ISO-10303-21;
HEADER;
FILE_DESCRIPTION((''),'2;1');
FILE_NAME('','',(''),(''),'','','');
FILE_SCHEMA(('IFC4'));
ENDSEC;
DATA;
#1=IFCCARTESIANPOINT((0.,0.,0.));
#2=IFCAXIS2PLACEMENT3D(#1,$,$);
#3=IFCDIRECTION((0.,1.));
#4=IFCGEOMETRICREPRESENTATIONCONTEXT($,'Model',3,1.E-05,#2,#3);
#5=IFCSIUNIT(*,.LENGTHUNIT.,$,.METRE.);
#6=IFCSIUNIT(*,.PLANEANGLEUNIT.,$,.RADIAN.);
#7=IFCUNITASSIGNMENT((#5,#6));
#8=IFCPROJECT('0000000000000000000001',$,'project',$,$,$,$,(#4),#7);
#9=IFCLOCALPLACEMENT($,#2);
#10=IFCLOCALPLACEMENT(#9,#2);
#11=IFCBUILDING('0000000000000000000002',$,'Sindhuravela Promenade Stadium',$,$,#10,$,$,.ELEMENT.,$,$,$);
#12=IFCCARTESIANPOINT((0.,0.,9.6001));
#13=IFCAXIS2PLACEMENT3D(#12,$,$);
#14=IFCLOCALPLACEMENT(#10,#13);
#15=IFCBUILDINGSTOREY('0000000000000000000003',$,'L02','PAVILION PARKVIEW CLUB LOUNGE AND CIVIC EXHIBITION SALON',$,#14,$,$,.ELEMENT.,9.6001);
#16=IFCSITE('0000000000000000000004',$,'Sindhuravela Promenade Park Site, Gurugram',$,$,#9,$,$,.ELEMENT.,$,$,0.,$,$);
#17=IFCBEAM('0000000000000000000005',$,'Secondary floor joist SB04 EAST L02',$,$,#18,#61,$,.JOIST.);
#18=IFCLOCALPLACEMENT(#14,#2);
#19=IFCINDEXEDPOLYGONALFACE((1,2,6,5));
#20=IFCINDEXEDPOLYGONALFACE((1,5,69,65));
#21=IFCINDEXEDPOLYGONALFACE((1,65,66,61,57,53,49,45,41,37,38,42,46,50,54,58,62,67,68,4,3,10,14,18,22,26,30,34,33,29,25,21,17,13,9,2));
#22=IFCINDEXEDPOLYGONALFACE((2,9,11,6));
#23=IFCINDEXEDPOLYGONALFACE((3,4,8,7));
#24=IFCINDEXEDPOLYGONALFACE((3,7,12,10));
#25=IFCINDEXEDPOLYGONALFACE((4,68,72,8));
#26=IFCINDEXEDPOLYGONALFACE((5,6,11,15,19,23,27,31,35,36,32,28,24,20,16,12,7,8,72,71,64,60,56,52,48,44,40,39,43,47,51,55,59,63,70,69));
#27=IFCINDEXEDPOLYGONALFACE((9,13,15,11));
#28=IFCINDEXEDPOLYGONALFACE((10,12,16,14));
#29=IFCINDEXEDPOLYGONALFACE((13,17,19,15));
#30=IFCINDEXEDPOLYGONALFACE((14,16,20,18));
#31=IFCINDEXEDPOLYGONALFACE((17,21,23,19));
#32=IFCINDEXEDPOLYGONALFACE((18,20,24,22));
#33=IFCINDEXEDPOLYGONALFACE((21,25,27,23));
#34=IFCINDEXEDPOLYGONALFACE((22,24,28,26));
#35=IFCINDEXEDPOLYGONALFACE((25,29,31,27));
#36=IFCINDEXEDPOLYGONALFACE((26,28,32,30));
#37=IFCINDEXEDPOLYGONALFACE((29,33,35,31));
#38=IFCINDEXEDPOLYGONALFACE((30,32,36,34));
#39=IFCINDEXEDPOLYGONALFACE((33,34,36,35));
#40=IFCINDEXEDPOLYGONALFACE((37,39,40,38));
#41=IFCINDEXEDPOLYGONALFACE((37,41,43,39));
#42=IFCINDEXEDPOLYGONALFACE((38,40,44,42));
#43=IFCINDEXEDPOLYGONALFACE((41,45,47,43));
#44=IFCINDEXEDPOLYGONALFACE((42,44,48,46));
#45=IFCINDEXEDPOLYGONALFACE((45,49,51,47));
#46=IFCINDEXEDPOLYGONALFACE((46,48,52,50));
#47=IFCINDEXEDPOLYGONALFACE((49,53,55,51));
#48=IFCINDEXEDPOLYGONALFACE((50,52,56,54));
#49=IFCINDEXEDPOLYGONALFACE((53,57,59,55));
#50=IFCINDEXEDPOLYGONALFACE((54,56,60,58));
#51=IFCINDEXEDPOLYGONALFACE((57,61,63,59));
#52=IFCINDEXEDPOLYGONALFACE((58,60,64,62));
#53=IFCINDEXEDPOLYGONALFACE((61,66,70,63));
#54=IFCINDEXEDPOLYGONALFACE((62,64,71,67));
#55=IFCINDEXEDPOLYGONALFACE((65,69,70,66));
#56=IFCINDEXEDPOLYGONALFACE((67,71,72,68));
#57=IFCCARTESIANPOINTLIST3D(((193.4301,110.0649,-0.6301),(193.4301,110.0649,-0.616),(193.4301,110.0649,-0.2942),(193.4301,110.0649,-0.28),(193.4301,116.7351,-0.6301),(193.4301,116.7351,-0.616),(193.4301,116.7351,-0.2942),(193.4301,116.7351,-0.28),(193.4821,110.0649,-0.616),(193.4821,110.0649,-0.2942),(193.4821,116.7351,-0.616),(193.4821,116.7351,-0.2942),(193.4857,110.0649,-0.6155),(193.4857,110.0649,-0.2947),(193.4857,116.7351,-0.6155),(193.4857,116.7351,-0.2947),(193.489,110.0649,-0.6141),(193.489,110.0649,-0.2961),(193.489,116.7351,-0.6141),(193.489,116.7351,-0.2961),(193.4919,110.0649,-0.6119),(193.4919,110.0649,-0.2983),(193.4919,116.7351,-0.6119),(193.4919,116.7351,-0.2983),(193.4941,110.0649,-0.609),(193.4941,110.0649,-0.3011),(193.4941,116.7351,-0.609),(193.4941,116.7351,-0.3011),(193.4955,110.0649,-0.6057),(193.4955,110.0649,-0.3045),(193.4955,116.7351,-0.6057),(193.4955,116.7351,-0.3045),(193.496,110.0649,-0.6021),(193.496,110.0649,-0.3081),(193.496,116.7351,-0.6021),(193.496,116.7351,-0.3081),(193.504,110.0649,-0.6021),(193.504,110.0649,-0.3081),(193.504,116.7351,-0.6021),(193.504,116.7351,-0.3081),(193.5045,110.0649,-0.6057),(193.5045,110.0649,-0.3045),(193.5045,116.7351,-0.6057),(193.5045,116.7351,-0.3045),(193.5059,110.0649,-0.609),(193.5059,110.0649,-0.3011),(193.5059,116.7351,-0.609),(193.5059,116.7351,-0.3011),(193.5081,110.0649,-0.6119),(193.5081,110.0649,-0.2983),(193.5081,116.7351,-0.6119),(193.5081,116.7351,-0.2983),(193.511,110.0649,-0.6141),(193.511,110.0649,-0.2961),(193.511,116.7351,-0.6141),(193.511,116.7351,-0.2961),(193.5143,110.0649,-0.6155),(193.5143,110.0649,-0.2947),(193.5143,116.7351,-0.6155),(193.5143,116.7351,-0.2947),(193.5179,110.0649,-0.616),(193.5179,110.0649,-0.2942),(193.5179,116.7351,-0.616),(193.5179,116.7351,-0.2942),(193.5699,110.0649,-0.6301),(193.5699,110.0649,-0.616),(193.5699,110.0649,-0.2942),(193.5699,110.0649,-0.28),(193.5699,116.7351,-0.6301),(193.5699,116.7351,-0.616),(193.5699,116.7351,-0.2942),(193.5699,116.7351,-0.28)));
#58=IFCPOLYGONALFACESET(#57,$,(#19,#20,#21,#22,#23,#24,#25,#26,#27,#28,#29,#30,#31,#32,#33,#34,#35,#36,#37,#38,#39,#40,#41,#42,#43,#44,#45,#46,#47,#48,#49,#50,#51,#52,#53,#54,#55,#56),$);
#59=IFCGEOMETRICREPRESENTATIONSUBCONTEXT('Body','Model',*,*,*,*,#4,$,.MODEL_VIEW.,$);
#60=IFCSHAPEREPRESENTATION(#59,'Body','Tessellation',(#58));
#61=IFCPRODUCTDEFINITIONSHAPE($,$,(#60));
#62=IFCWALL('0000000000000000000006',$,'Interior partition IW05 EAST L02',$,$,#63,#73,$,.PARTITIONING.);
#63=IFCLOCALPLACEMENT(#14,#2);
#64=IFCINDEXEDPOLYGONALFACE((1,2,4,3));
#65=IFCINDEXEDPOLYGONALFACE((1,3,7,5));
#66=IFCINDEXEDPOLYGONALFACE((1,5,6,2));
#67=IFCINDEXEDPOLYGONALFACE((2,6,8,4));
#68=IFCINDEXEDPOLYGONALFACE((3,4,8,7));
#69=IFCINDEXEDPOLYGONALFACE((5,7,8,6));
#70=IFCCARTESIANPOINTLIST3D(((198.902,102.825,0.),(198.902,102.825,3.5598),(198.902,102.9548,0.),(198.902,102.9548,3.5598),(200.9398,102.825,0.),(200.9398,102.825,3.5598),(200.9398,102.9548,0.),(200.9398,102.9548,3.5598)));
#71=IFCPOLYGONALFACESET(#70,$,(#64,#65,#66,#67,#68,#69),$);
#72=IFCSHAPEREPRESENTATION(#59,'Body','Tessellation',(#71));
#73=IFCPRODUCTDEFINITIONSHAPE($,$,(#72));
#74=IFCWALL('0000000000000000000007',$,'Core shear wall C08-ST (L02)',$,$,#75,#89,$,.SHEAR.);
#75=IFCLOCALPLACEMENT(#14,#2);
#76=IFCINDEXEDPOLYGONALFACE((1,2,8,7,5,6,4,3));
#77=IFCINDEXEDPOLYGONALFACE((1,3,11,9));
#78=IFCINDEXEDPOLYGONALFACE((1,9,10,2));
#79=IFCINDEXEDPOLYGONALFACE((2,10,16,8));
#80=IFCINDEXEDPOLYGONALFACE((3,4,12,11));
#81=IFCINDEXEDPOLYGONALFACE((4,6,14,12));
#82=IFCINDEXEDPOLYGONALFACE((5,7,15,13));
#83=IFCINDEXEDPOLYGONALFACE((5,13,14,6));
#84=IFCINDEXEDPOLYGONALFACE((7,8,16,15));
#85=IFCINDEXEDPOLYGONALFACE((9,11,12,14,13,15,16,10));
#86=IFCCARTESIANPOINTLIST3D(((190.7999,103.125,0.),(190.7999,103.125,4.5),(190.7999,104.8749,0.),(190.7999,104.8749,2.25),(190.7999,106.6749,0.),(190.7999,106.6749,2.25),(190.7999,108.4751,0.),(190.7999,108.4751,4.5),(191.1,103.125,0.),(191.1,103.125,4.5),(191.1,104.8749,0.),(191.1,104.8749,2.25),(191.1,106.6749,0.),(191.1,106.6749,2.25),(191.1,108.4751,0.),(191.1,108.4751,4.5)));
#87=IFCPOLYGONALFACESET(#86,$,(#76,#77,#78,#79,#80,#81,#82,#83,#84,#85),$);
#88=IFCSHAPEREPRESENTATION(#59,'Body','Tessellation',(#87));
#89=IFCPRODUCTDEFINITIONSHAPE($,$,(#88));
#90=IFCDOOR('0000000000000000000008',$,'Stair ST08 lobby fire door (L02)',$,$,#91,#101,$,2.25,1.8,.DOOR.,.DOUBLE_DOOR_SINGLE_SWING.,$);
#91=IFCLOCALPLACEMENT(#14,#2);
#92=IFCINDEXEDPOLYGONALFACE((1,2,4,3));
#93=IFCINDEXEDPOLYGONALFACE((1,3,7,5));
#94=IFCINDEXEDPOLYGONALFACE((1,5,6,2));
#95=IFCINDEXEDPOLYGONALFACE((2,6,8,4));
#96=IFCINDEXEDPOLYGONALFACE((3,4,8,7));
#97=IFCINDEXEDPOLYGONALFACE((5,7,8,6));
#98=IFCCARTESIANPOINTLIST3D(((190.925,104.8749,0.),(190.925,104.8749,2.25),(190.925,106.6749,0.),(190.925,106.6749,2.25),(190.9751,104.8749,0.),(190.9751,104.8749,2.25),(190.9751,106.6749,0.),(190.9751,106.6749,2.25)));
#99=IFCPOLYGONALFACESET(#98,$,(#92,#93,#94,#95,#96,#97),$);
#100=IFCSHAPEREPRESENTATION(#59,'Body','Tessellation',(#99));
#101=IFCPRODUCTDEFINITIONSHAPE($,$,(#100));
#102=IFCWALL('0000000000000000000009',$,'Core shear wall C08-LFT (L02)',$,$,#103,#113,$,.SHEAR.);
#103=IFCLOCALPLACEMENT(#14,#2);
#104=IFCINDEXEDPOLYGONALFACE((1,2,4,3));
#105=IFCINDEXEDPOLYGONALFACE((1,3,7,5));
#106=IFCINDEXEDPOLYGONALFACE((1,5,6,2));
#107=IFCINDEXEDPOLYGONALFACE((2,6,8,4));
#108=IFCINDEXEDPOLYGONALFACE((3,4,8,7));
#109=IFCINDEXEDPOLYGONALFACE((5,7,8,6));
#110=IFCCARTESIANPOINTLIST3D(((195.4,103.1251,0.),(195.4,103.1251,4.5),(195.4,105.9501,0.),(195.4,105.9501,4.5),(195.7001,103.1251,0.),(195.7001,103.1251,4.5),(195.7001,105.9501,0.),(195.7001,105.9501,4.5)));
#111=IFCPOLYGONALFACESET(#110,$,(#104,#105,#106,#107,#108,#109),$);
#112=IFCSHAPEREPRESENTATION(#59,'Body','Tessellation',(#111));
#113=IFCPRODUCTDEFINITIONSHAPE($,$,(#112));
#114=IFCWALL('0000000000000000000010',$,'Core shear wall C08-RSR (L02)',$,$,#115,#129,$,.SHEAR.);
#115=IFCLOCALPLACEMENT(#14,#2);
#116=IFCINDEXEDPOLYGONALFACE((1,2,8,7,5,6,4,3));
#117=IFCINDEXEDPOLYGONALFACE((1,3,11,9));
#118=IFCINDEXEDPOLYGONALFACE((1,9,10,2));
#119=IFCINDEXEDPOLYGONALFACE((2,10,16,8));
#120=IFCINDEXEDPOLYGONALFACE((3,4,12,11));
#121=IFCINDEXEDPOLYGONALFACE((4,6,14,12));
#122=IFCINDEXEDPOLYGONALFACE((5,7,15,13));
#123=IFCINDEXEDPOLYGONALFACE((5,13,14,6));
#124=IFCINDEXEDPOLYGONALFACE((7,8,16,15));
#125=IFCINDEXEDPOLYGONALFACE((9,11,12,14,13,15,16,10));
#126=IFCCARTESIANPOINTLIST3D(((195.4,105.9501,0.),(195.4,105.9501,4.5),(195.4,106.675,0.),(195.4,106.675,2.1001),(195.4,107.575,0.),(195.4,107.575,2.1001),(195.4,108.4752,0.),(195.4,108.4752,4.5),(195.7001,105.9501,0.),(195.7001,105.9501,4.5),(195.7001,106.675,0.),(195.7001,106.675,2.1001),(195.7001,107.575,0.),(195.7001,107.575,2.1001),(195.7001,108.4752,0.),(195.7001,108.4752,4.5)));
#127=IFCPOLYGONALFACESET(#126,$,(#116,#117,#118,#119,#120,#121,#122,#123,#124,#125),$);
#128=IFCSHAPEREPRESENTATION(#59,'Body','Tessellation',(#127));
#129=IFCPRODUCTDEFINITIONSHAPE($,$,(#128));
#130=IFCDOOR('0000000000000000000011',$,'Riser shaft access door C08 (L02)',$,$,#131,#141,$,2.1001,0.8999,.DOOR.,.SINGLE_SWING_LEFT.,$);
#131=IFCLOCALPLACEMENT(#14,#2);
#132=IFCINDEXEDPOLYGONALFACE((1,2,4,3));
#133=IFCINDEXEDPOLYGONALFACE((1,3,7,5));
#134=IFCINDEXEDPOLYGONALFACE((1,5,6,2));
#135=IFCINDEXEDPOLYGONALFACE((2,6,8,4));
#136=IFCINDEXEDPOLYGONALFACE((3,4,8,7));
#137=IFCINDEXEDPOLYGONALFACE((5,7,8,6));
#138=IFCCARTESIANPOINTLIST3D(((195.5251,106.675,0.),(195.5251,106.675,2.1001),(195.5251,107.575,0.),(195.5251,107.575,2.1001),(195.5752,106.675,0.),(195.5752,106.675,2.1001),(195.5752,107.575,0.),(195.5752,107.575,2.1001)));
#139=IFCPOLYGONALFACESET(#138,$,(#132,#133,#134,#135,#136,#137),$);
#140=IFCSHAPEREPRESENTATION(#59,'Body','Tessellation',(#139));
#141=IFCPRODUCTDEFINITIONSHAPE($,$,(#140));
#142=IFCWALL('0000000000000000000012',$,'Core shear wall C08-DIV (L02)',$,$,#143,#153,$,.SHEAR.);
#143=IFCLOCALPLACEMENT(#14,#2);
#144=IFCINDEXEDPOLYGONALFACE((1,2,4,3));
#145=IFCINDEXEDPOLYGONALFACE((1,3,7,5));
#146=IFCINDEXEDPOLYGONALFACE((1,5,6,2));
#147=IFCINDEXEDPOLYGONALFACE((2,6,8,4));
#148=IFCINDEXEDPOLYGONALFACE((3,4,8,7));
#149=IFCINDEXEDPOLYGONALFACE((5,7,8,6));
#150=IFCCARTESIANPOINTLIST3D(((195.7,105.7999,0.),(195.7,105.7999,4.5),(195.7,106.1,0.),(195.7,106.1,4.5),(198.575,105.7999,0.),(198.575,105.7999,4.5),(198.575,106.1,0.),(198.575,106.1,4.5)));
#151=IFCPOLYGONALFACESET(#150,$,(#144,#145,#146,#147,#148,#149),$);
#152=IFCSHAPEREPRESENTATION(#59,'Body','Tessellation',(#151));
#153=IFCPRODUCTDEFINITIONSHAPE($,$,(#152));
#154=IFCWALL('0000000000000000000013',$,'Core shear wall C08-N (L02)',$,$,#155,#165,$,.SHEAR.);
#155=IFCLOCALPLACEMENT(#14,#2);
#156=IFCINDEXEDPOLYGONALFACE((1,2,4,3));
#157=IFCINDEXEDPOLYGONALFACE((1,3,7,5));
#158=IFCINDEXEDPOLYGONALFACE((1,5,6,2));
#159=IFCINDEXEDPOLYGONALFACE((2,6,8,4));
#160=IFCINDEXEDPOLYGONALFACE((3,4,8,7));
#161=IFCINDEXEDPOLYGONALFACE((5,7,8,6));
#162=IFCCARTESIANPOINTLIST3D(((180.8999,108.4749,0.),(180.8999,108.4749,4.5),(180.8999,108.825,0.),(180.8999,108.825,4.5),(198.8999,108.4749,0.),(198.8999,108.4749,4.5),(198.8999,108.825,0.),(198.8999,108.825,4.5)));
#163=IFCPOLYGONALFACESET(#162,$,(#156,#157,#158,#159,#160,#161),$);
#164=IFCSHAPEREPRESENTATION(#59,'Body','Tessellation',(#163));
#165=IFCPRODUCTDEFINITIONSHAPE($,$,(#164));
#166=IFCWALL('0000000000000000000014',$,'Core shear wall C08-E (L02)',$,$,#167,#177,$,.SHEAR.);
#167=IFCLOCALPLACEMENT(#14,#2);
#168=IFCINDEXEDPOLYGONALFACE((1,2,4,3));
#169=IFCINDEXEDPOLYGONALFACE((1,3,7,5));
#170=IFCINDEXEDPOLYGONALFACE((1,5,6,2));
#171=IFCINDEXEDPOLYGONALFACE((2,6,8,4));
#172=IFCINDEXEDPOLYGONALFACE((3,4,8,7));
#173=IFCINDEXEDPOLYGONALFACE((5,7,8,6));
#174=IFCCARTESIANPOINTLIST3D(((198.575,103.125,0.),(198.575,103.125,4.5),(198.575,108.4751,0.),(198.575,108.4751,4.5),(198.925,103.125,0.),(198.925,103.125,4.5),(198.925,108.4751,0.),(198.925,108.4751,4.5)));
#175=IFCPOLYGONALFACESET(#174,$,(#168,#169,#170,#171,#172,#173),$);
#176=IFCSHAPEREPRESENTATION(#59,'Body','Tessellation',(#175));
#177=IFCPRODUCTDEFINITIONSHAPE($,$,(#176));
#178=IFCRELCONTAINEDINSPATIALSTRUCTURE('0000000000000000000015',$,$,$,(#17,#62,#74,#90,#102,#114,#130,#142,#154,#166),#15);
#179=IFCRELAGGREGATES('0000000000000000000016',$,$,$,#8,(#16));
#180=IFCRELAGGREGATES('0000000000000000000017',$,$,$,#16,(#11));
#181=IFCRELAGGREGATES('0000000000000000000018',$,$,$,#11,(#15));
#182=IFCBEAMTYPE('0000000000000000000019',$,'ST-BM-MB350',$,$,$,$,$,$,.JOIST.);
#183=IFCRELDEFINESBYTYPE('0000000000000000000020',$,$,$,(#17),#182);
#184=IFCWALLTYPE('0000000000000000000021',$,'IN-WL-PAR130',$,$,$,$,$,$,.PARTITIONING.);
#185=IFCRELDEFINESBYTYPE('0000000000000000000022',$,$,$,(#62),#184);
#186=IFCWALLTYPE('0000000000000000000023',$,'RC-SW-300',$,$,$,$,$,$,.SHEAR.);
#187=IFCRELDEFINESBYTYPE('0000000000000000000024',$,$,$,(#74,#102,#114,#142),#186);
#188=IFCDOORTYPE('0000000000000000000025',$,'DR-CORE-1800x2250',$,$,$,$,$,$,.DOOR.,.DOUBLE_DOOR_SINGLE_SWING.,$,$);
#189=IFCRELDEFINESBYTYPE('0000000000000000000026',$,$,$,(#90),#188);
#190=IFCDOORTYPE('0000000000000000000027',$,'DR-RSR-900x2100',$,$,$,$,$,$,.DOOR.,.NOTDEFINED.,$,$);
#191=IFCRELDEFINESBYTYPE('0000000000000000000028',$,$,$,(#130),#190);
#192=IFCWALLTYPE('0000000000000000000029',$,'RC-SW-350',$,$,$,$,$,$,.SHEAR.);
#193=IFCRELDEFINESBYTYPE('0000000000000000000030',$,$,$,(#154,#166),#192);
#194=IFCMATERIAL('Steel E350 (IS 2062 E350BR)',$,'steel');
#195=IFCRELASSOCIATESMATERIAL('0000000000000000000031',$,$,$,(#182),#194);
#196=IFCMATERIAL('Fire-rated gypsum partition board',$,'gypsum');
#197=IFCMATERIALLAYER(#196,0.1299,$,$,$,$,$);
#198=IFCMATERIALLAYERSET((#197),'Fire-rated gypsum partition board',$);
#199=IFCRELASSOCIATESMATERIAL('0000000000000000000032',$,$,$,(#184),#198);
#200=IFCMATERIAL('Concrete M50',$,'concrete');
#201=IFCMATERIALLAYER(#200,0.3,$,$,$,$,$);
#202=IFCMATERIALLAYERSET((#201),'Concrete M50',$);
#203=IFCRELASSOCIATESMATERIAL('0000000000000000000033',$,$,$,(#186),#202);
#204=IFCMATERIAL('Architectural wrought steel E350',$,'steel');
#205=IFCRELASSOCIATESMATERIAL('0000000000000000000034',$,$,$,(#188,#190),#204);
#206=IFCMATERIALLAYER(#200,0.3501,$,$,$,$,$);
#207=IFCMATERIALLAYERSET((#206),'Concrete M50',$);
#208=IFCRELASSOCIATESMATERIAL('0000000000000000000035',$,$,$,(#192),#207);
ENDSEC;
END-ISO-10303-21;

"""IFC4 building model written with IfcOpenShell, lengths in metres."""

from ifc_helpers import new_model, si_unit, direction, frame, frame_2d, origin, origin_2d, place, context, subcontext, project, spatial, rectangle, i_section, extrude, material, layer, layer_set, material_profile, profile_set, type_object, element, fill, save


model = new_model("IFC4")

# Units and contexts
model_context = context("Model", 3, precision=1e-05, world=origin(), true_north=direction((0.0, 1.0)))
body_context = subcontext(model_context, "Body", "Model", "MODEL_VIEW")
ifc_project = project(units=[si_unit("LENGTHUNIT", "METRE"), si_unit("PLANEANGLEUNIT", "RADIAN")], contexts=[model_context])

# Site, building, storey
site_placement = place(None, origin())
site = spatial("IfcSite", under=ifc_project, at=site_placement, Name="Sindhuravela Promenade Park Site, Gurugram", CompositionType="ELEMENT", RefElevation=0.0)
building_placement = place(site_placement, origin())
building = spatial("IfcBuilding", under=site, at=building_placement, Name="Sindhuravela Promenade Stadium", CompositionType="ELEMENT")
storey_placement = place(building_placement, frame((0.0, 0.0, 9.6001)))
storey = spatial("IfcBuildingStorey", under=building, at=storey_placement, Name="L02", Description="PAVILION PARKVIEW CLUB LOUNGE AND CIVIC EXHIBITION SALON", CompositionType="ELEMENT", Elevation=9.6001)

# Beam
ifc_material_1 = material(Name="Steel E350 (IS 2062 E350BR)", Category="steel")
ifc_material_profile_1 = material_profile(ifc_material_1, i_section(OverallWidth=0.1399, OverallDepth=0.3501, WebThickness=0.0081, FlangeThickness=0.0142, FilletRadius=0.0139, at=origin_2d()), Name="ISMB 350")
ifc_profile_set_1 = profile_set([ifc_material_profile_1], Name="Steel E350 (IS 2062 E350BR)")
beam_type_1 = type_object("IfcBeamType", Name="ST-BM-MB350", PredefinedType="JOIST", material=ifc_profile_set_1)
beam_1_placement = place(storey_placement, frame((193.5, 110.0649, -0.4551), z_axis=(0.0, 1.0, 0.0), x_axis=(-1.0, 0.0, 0.0)))
element("IfcBeam", 1, at=beam_1_placement, inside=storey, type_object=beam_type_1, Name="Secondary floor joist SB04 EAST L02", PredefinedType="JOIST", context=body_context, shape_type="SweptSolid", body=[
    extrude(i_section(OverallWidth=0.1399, OverallDepth=0.3501, WebThickness=0.0081, FlangeThickness=0.0142, FilletRadius=0.0139, at=origin_2d()), origin(), (0.0, 0.0, 1.0), 6.6702),
])

# Wall
ifc_material_2 = material(Name="Fire-rated gypsum partition board", Category="gypsum")
ifc_layer_1 = layer(ifc_material_2, 0.1299)
ifc_layer_set_1 = layer_set([ifc_layer_1], Name="Fire-rated gypsum partition board")
wall_type_1 = type_object("IfcWallType", Name="IN-WL-PAR130", PredefinedType="PARTITIONING", material=ifc_layer_set_1)
wall_1_placement = place(storey_placement, frame((200.9399, 102.8899, 0.0), z_axis=(0.0, 0.0, 1.0), x_axis=(-1.0, 0.0, 0.0)))
element("IfcWall", 2, at=wall_1_placement, inside=storey, type_object=wall_type_1, Name="Interior partition IW05 EAST L02", PredefinedType="PARTITIONING", context=body_context, shape_type="SweptSolid", body=[
    extrude(rectangle(XDim=2.0378, YDim=0.1299, at=frame_2d((1.019, 0.0))), origin(), (0.0, 0.0, 1.0), 3.5598),
])

# Wall, opening, door
ifc_material_3 = material(Name="Concrete M50", Category="concrete")
ifc_layer_2 = layer(ifc_material_3, 0.3)
ifc_layer_set_2 = layer_set([ifc_layer_2], Name="Concrete M50")
wall_type_2 = type_object("IfcWallType", Name="RC-SW-300", PredefinedType="SHEAR", material=ifc_layer_set_2)
wall_2_placement = place(storey_placement, frame((190.95, 103.125, 0.0), z_axis=(0.0, 0.0, 1.0), x_axis=(0.0, 1.0, 0.0)))
wall_2 = element("IfcWall", 3, at=wall_2_placement, inside=storey, type_object=wall_type_2, Name="Core shear wall C08-ST (L02)", PredefinedType="SHEAR", context=body_context, shape_type="SweptSolid", body=[
    extrude(rectangle(XDim=5.3501, YDim=0.3, at=frame_2d((2.675, 0.0))), origin(), (0.0, 0.0, 1.0), 4.5),
])
opening_1_placement = place(wall_2_placement, frame((1.75, 0.0, 0.0)))
opening_1 = element("IfcOpeningElement", 4, at=opening_1_placement, cuts=wall_2, PredefinedType="OPENING", context=body_context, shape_type="SweptSolid", body=[
    extrude(rectangle(XDim=1.8, YDim=2.25, at=frame_2d((0.8999, 1.125))), frame((0.0, 0.1599, 0.0), z_axis=(0.0, -1.0, 0.0), x_axis=(1.0, 0.0, 0.0)), (0.0, 0.0, 1.0), 0.3201),
])
ifc_material_4 = material(Name="Architectural wrought steel E350", Category="steel")
door_type_1 = type_object("IfcDoorType", Name="DR-CORE-1800x2250", OperationType="DOUBLE_DOOR_SINGLE_SWING", PredefinedType="DOOR", material=ifc_material_4)
door_1_placement = place(opening_1_placement, origin())
door_1 = element("IfcDoor", 5, at=door_1_placement, inside=storey, type_object=door_type_1, Name="Stair ST08 lobby fire door (L02)", OperationType="DOUBLE_DOOR_SINGLE_SWING", OverallHeight=2.25, OverallWidth=1.8, PredefinedType="DOOR", context=body_context, shape_type="SweptSolid", body=[
    extrude(rectangle(XDim=1.8, YDim=2.25, at=frame_2d((0.8999, 1.125))), frame((0.0, 0.0249, 0.0), z_axis=(0.0, -1.0, 0.0), x_axis=(1.0, 0.0, 0.0)), (0.0, 0.0, 1.0), 0.05),
])
fill(opening_1, door_1)

# Wall
wall_3_placement = place(storey_placement, frame((195.55, 103.125, 0.0), z_axis=(0.0, 0.0, 1.0), x_axis=(0.0, 1.0, 0.0)))
element("IfcWall", 6, at=wall_3_placement, inside=storey, type_object=wall_type_2, Name="Core shear wall C08-LFT (L02)", PredefinedType="SHEAR", context=body_context, shape_type="SweptSolid", body=[
    extrude(rectangle(XDim=2.825, YDim=0.3, at=frame_2d((1.4126, 0.0))), origin(), (0.0, 0.0, 1.0), 4.5),
])

# Wall, opening, door
wall_4_placement = place(storey_placement, frame((195.55, 105.95, 0.0), z_axis=(0.0, 0.0, 1.0), x_axis=(0.0, 1.0, 0.0)))
wall_4 = element("IfcWall", 7, at=wall_4_placement, inside=storey, type_object=wall_type_2, Name="Core shear wall C08-RSR (L02)", PredefinedType="SHEAR", context=body_context, shape_type="SweptSolid", body=[
    extrude(rectangle(XDim=2.5251, YDim=0.3, at=frame_2d((1.2627, 0.0))), origin(), (0.0, 0.0, 1.0), 4.5),
])
opening_2_placement = place(wall_4_placement, frame((0.7251, 0.0, 0.0)))
opening_2 = element("IfcOpeningElement", 8, at=opening_2_placement, cuts=wall_4, PredefinedType="OPENING", context=body_context, shape_type="SweptSolid", body=[
    extrude(rectangle(XDim=0.8999, YDim=2.1001, at=frame_2d((0.45, 1.05))), frame((0.0, 0.1599, 0.0), z_axis=(0.0, -1.0, 0.0), x_axis=(1.0, 0.0, 0.0)), (0.0, 0.0, 1.0), 0.3201),
])
door_type_2 = type_object("IfcDoorType", Name="DR-RSR-900x2100", OperationType="NOTDEFINED", PredefinedType="DOOR", material=ifc_material_4)
door_2_placement = place(opening_2_placement, origin())
door_2 = element("IfcDoor", 9, at=door_2_placement, inside=storey, type_object=door_type_2, Name="Riser shaft access door C08 (L02)", OperationType="SINGLE_SWING_LEFT", OverallHeight=2.1001, OverallWidth=0.8999, PredefinedType="DOOR", context=body_context, shape_type="SweptSolid", body=[
    extrude(rectangle(XDim=0.8999, YDim=2.1001, at=frame_2d((0.45, 1.05))), frame((0.0, 0.0249, 0.0), z_axis=(0.0, -1.0, 0.0), x_axis=(1.0, 0.0, 0.0)), (0.0, 0.0, 1.0), 0.05),
])
fill(opening_2, door_2)

# Walls
wall_5_placement = place(storey_placement, frame((195.7, 105.95, 0.0), z_axis=(0.0, 0.0, 1.0), x_axis=(1.0, 0.0, 0.0)))
element("IfcWall", 10, at=wall_5_placement, inside=storey, type_object=wall_type_2, Name="Core shear wall C08-DIV (L02)", PredefinedType="SHEAR", context=body_context, shape_type="SweptSolid", body=[
    extrude(rectangle(XDim=2.875, YDim=0.3, at=frame_2d((1.4375, 0.0))), origin(), (0.0, 0.0, 1.0), 4.5),
])
ifc_layer_3 = layer(ifc_material_3, 0.3501)
ifc_layer_set_3 = layer_set([ifc_layer_3], Name="Concrete M50")
wall_type_3 = type_object("IfcWallType", Name="RC-SW-350", PredefinedType="SHEAR", material=ifc_layer_set_3)
wall_6_placement = place(storey_placement, frame((198.8999, 108.6499, 0.0), z_axis=(0.0, 0.0, 1.0), x_axis=(-1.0, 0.0, 0.0)))
element("IfcWall", 11, at=wall_6_placement, inside=storey, type_object=wall_type_3, Name="Core shear wall C08-N (L02)", PredefinedType="SHEAR", context=body_context, shape_type="SweptSolid", body=[
    extrude(rectangle(XDim=18.0, YDim=0.3501, at=frame_2d((9.0, 0.0))), origin(), (0.0, 0.0, 1.0), 4.5),
])
wall_7_placement = place(storey_placement, frame((198.75, 103.125, 0.0), z_axis=(0.0, 0.0, 1.0), x_axis=(0.0, 1.0, 0.0)))
element("IfcWall", 12, at=wall_7_placement, inside=storey, type_object=wall_type_3, Name="Core shear wall C08-E (L02)", PredefinedType="SHEAR", context=body_context, shape_type="SweptSolid", body=[
    extrude(rectangle(XDim=5.3501, YDim=0.3501, at=frame_2d((2.675, 0.0))), origin(), (0.0, 0.0, 1.0), 4.5),
])

save(model, "model.ifc")
